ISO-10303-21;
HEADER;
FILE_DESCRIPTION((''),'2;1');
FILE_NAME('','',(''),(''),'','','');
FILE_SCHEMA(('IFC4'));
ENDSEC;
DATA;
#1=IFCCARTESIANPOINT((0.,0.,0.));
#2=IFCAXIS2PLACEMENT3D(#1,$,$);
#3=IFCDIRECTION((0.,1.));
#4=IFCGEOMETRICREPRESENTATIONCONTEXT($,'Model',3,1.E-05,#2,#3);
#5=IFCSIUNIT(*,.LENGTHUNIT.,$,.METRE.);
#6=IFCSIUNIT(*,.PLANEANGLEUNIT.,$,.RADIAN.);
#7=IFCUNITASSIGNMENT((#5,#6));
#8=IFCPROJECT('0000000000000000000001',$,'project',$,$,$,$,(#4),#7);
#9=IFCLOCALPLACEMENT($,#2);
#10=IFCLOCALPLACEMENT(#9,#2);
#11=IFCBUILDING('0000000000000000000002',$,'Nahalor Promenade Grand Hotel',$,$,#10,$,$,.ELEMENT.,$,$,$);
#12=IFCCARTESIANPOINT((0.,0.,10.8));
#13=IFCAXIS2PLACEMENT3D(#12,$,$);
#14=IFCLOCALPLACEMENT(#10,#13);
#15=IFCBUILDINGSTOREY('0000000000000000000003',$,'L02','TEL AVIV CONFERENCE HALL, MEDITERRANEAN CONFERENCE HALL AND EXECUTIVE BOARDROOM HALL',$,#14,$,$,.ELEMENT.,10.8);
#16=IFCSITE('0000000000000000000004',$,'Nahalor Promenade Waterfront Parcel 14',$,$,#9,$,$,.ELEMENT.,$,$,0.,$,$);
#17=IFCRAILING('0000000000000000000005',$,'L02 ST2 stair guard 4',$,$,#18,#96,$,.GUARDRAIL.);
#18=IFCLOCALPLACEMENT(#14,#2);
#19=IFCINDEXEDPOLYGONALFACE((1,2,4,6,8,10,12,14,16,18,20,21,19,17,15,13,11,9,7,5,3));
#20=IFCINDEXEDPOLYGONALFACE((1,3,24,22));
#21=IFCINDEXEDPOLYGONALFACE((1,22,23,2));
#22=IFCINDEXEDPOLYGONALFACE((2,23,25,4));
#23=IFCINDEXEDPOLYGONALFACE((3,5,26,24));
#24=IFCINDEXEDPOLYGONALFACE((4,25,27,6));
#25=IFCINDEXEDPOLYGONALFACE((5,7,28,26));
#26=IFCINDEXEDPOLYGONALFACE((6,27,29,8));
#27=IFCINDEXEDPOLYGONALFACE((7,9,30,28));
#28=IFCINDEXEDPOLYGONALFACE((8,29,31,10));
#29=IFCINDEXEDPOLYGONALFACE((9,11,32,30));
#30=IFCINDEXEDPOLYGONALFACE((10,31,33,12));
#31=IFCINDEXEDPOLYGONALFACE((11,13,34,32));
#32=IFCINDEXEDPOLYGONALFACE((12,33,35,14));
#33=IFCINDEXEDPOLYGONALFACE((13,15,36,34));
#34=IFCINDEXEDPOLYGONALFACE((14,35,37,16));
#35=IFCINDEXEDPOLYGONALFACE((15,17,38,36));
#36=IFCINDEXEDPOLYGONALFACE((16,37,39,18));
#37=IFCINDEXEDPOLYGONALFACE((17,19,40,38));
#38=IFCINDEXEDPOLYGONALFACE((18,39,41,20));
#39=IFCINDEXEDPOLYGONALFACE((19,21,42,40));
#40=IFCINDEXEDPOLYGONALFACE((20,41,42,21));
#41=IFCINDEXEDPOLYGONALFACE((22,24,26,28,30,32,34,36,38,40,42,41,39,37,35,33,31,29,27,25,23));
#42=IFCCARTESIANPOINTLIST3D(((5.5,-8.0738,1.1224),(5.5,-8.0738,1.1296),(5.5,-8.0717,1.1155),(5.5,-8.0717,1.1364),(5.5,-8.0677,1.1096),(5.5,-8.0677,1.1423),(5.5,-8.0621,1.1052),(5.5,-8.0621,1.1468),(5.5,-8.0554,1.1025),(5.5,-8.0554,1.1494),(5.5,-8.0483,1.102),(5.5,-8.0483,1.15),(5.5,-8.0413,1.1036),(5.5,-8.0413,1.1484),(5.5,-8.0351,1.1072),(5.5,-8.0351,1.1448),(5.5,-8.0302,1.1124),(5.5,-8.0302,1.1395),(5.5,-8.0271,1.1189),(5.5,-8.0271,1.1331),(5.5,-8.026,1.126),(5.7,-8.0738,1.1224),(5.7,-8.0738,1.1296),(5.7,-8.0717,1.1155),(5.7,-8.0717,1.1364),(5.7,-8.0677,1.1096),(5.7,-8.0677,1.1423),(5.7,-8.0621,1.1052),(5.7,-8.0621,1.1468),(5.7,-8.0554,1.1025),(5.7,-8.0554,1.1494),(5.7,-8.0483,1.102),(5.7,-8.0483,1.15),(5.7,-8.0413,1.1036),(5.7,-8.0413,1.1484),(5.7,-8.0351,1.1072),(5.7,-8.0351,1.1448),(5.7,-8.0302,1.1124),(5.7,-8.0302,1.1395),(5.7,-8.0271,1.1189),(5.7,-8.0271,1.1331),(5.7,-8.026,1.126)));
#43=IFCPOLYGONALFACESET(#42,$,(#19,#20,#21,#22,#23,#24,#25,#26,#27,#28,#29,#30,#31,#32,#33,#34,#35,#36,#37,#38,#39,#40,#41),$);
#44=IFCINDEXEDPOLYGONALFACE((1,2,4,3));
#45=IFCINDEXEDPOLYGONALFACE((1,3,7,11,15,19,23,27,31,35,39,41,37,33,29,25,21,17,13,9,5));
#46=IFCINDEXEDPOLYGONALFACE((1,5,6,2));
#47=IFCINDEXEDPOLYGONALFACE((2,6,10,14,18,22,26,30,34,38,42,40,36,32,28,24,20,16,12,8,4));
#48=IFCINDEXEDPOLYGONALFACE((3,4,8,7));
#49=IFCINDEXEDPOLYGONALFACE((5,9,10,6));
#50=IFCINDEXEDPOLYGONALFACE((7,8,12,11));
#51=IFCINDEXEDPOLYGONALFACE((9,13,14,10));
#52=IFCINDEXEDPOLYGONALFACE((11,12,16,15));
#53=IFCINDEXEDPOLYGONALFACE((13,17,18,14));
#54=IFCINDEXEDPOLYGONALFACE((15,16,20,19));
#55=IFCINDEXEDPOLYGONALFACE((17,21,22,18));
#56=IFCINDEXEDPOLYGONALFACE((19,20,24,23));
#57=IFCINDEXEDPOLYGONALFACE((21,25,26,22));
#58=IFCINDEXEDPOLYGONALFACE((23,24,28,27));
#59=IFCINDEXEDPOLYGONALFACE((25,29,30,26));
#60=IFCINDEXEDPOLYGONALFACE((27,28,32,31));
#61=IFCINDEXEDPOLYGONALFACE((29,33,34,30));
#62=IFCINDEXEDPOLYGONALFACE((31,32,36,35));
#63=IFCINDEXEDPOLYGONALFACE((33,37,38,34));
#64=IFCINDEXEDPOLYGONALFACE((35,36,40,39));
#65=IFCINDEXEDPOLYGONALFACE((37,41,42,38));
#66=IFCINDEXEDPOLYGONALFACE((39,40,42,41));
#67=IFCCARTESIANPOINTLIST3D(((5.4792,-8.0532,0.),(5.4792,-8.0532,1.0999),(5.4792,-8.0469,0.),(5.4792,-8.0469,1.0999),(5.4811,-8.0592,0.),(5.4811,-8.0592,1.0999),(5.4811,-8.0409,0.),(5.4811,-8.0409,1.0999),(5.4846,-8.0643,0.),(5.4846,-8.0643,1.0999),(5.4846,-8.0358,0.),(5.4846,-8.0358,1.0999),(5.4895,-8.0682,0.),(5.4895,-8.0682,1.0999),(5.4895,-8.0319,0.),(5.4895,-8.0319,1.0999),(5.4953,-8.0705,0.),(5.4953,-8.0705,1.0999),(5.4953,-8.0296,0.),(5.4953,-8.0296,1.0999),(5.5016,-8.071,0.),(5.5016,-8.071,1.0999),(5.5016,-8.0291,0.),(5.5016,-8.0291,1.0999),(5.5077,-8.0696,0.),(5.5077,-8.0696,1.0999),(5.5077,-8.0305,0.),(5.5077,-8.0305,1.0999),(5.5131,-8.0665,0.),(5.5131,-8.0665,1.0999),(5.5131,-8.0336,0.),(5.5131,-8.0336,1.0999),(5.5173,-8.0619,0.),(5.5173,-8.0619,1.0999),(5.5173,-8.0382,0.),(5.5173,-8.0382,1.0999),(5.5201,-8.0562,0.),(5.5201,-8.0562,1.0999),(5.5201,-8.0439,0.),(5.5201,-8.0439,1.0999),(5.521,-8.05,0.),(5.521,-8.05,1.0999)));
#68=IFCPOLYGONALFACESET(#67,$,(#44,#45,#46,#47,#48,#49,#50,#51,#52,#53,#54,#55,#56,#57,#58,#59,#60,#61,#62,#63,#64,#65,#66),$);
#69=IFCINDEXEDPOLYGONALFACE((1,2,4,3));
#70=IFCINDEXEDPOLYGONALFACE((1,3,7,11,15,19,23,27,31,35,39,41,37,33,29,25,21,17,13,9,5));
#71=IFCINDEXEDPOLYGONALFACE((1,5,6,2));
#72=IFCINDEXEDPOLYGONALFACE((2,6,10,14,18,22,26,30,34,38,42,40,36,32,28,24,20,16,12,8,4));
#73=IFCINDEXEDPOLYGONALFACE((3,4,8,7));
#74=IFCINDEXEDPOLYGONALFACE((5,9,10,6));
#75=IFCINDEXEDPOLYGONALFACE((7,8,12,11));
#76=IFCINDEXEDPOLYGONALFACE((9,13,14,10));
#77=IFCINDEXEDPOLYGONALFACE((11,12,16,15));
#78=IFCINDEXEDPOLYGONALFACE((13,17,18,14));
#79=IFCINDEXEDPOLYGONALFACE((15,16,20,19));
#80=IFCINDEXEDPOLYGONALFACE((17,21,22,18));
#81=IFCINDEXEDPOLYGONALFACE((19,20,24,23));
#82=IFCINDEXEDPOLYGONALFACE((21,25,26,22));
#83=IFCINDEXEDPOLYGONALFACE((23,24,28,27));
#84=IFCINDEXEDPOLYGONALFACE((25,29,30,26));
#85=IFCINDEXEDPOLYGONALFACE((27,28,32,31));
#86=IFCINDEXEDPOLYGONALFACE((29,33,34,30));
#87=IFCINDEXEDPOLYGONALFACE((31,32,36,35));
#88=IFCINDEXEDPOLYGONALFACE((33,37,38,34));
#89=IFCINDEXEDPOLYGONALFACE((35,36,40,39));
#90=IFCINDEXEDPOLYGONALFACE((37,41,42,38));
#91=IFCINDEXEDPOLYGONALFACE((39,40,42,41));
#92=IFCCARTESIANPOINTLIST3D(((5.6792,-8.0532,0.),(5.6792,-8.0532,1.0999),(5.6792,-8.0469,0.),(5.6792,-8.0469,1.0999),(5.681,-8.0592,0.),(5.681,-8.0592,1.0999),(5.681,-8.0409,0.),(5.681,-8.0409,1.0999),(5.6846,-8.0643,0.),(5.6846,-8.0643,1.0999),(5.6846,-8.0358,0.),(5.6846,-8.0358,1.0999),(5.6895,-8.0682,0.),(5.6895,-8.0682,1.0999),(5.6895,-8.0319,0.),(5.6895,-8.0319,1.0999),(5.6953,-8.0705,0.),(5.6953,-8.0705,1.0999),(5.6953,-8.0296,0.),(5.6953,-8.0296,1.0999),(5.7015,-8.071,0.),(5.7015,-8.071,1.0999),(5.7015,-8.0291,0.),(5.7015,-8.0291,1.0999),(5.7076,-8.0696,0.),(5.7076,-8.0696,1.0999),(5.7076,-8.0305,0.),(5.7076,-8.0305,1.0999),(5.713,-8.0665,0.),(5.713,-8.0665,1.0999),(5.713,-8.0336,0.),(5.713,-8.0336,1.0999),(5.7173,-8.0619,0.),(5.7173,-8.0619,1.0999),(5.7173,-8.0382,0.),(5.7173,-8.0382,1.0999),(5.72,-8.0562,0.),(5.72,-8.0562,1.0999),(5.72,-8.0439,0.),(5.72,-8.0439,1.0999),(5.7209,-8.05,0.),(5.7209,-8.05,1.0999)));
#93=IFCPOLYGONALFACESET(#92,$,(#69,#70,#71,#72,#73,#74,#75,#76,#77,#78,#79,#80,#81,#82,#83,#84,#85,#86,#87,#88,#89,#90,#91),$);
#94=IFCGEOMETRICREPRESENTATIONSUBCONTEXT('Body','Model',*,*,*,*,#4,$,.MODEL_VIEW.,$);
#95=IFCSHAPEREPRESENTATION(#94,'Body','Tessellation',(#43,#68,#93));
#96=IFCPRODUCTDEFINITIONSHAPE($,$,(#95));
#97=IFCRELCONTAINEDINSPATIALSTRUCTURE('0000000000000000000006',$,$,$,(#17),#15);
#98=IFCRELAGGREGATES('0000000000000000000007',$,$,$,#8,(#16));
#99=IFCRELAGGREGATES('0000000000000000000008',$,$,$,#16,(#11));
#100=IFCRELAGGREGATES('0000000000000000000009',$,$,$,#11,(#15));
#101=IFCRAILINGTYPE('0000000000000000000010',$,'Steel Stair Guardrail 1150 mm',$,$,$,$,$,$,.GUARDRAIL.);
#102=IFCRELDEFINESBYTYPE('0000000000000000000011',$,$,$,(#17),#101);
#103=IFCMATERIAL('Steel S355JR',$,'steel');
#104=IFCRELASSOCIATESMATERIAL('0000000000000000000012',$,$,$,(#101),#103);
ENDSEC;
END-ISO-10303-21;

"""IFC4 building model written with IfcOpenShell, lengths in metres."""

from ifc_helpers import new_model, si_unit, direction, frame, origin, origin_2d, place, context, subcontext, project, spatial, circle, extrude, material, type_object, element, save


model = new_model("IFC4")

# Units and contexts
model_context = context("Model", 3, precision=1e-05, world=origin(), true_north=direction((0.0, 1.0)))
body_context = subcontext(model_context, "Body", "Model", "MODEL_VIEW")
ifc_project = project(units=[si_unit("LENGTHUNIT", "METRE"), si_unit("PLANEANGLEUNIT", "RADIAN")], contexts=[model_context])

# Site, building, storey
site_placement = place(None, origin())
site = spatial("IfcSite", under=ifc_project, at=site_placement, Name="Nahalor Promenade Waterfront Parcel 14", CompositionType="ELEMENT", RefElevation=0.0)
building_placement = place(site_placement, origin())
building = spatial("IfcBuilding", under=site, at=building_placement, Name="Nahalor Promenade Grand Hotel", CompositionType="ELEMENT")
storey_placement = place(building_placement, frame((0.0, 0.0, 10.8)))
storey = spatial("IfcBuildingStorey", under=building, at=storey_placement, Name="L02", Description="TEL AVIV CONFERENCE HALL, MEDITERRANEAN CONFERENCE HALL AND EXECUTIVE BOARDROOM HALL", CompositionType="ELEMENT", Elevation=10.8)

# Shared definitions
ifc_material_1 = material(Name="Steel S355JR", Category="steel")

# Railing
railing_type_1 = type_object("IfcRailingType", Name="Steel Stair Guardrail 1150 mm", PredefinedType="GUARDRAIL", material=ifc_material_1)
railing_1_placement = place(storey_placement, frame((5.5, -8.05, 0.0)))
element("IfcRailing", 1, at=railing_1_placement, inside=storey, type_object=railing_type_1, Name="L02 ST2 stair guard 4", PredefinedType="GUARDRAIL", context=body_context, shape_type="SweptSolid", body=[
    extrude(circle(Radius=0.024, at=origin_2d()), frame((0.0, 0.0, 1.126), z_axis=(1.0, 0.0, 0.0), x_axis=(0.0, 1.0, 0.0)), (0.0, 0.0, 1.0), 0.2),
    extrude(circle(Radius=0.021, at=origin_2d()), origin(), (0.0, 0.0, 1.0), 1.0999),
    extrude(circle(Radius=0.021, at=origin_2d()), frame((0.2, 0.0, 0.0)), (0.0, 0.0, 1.0), 1.0999),
])

save(model, "model.ifc")
